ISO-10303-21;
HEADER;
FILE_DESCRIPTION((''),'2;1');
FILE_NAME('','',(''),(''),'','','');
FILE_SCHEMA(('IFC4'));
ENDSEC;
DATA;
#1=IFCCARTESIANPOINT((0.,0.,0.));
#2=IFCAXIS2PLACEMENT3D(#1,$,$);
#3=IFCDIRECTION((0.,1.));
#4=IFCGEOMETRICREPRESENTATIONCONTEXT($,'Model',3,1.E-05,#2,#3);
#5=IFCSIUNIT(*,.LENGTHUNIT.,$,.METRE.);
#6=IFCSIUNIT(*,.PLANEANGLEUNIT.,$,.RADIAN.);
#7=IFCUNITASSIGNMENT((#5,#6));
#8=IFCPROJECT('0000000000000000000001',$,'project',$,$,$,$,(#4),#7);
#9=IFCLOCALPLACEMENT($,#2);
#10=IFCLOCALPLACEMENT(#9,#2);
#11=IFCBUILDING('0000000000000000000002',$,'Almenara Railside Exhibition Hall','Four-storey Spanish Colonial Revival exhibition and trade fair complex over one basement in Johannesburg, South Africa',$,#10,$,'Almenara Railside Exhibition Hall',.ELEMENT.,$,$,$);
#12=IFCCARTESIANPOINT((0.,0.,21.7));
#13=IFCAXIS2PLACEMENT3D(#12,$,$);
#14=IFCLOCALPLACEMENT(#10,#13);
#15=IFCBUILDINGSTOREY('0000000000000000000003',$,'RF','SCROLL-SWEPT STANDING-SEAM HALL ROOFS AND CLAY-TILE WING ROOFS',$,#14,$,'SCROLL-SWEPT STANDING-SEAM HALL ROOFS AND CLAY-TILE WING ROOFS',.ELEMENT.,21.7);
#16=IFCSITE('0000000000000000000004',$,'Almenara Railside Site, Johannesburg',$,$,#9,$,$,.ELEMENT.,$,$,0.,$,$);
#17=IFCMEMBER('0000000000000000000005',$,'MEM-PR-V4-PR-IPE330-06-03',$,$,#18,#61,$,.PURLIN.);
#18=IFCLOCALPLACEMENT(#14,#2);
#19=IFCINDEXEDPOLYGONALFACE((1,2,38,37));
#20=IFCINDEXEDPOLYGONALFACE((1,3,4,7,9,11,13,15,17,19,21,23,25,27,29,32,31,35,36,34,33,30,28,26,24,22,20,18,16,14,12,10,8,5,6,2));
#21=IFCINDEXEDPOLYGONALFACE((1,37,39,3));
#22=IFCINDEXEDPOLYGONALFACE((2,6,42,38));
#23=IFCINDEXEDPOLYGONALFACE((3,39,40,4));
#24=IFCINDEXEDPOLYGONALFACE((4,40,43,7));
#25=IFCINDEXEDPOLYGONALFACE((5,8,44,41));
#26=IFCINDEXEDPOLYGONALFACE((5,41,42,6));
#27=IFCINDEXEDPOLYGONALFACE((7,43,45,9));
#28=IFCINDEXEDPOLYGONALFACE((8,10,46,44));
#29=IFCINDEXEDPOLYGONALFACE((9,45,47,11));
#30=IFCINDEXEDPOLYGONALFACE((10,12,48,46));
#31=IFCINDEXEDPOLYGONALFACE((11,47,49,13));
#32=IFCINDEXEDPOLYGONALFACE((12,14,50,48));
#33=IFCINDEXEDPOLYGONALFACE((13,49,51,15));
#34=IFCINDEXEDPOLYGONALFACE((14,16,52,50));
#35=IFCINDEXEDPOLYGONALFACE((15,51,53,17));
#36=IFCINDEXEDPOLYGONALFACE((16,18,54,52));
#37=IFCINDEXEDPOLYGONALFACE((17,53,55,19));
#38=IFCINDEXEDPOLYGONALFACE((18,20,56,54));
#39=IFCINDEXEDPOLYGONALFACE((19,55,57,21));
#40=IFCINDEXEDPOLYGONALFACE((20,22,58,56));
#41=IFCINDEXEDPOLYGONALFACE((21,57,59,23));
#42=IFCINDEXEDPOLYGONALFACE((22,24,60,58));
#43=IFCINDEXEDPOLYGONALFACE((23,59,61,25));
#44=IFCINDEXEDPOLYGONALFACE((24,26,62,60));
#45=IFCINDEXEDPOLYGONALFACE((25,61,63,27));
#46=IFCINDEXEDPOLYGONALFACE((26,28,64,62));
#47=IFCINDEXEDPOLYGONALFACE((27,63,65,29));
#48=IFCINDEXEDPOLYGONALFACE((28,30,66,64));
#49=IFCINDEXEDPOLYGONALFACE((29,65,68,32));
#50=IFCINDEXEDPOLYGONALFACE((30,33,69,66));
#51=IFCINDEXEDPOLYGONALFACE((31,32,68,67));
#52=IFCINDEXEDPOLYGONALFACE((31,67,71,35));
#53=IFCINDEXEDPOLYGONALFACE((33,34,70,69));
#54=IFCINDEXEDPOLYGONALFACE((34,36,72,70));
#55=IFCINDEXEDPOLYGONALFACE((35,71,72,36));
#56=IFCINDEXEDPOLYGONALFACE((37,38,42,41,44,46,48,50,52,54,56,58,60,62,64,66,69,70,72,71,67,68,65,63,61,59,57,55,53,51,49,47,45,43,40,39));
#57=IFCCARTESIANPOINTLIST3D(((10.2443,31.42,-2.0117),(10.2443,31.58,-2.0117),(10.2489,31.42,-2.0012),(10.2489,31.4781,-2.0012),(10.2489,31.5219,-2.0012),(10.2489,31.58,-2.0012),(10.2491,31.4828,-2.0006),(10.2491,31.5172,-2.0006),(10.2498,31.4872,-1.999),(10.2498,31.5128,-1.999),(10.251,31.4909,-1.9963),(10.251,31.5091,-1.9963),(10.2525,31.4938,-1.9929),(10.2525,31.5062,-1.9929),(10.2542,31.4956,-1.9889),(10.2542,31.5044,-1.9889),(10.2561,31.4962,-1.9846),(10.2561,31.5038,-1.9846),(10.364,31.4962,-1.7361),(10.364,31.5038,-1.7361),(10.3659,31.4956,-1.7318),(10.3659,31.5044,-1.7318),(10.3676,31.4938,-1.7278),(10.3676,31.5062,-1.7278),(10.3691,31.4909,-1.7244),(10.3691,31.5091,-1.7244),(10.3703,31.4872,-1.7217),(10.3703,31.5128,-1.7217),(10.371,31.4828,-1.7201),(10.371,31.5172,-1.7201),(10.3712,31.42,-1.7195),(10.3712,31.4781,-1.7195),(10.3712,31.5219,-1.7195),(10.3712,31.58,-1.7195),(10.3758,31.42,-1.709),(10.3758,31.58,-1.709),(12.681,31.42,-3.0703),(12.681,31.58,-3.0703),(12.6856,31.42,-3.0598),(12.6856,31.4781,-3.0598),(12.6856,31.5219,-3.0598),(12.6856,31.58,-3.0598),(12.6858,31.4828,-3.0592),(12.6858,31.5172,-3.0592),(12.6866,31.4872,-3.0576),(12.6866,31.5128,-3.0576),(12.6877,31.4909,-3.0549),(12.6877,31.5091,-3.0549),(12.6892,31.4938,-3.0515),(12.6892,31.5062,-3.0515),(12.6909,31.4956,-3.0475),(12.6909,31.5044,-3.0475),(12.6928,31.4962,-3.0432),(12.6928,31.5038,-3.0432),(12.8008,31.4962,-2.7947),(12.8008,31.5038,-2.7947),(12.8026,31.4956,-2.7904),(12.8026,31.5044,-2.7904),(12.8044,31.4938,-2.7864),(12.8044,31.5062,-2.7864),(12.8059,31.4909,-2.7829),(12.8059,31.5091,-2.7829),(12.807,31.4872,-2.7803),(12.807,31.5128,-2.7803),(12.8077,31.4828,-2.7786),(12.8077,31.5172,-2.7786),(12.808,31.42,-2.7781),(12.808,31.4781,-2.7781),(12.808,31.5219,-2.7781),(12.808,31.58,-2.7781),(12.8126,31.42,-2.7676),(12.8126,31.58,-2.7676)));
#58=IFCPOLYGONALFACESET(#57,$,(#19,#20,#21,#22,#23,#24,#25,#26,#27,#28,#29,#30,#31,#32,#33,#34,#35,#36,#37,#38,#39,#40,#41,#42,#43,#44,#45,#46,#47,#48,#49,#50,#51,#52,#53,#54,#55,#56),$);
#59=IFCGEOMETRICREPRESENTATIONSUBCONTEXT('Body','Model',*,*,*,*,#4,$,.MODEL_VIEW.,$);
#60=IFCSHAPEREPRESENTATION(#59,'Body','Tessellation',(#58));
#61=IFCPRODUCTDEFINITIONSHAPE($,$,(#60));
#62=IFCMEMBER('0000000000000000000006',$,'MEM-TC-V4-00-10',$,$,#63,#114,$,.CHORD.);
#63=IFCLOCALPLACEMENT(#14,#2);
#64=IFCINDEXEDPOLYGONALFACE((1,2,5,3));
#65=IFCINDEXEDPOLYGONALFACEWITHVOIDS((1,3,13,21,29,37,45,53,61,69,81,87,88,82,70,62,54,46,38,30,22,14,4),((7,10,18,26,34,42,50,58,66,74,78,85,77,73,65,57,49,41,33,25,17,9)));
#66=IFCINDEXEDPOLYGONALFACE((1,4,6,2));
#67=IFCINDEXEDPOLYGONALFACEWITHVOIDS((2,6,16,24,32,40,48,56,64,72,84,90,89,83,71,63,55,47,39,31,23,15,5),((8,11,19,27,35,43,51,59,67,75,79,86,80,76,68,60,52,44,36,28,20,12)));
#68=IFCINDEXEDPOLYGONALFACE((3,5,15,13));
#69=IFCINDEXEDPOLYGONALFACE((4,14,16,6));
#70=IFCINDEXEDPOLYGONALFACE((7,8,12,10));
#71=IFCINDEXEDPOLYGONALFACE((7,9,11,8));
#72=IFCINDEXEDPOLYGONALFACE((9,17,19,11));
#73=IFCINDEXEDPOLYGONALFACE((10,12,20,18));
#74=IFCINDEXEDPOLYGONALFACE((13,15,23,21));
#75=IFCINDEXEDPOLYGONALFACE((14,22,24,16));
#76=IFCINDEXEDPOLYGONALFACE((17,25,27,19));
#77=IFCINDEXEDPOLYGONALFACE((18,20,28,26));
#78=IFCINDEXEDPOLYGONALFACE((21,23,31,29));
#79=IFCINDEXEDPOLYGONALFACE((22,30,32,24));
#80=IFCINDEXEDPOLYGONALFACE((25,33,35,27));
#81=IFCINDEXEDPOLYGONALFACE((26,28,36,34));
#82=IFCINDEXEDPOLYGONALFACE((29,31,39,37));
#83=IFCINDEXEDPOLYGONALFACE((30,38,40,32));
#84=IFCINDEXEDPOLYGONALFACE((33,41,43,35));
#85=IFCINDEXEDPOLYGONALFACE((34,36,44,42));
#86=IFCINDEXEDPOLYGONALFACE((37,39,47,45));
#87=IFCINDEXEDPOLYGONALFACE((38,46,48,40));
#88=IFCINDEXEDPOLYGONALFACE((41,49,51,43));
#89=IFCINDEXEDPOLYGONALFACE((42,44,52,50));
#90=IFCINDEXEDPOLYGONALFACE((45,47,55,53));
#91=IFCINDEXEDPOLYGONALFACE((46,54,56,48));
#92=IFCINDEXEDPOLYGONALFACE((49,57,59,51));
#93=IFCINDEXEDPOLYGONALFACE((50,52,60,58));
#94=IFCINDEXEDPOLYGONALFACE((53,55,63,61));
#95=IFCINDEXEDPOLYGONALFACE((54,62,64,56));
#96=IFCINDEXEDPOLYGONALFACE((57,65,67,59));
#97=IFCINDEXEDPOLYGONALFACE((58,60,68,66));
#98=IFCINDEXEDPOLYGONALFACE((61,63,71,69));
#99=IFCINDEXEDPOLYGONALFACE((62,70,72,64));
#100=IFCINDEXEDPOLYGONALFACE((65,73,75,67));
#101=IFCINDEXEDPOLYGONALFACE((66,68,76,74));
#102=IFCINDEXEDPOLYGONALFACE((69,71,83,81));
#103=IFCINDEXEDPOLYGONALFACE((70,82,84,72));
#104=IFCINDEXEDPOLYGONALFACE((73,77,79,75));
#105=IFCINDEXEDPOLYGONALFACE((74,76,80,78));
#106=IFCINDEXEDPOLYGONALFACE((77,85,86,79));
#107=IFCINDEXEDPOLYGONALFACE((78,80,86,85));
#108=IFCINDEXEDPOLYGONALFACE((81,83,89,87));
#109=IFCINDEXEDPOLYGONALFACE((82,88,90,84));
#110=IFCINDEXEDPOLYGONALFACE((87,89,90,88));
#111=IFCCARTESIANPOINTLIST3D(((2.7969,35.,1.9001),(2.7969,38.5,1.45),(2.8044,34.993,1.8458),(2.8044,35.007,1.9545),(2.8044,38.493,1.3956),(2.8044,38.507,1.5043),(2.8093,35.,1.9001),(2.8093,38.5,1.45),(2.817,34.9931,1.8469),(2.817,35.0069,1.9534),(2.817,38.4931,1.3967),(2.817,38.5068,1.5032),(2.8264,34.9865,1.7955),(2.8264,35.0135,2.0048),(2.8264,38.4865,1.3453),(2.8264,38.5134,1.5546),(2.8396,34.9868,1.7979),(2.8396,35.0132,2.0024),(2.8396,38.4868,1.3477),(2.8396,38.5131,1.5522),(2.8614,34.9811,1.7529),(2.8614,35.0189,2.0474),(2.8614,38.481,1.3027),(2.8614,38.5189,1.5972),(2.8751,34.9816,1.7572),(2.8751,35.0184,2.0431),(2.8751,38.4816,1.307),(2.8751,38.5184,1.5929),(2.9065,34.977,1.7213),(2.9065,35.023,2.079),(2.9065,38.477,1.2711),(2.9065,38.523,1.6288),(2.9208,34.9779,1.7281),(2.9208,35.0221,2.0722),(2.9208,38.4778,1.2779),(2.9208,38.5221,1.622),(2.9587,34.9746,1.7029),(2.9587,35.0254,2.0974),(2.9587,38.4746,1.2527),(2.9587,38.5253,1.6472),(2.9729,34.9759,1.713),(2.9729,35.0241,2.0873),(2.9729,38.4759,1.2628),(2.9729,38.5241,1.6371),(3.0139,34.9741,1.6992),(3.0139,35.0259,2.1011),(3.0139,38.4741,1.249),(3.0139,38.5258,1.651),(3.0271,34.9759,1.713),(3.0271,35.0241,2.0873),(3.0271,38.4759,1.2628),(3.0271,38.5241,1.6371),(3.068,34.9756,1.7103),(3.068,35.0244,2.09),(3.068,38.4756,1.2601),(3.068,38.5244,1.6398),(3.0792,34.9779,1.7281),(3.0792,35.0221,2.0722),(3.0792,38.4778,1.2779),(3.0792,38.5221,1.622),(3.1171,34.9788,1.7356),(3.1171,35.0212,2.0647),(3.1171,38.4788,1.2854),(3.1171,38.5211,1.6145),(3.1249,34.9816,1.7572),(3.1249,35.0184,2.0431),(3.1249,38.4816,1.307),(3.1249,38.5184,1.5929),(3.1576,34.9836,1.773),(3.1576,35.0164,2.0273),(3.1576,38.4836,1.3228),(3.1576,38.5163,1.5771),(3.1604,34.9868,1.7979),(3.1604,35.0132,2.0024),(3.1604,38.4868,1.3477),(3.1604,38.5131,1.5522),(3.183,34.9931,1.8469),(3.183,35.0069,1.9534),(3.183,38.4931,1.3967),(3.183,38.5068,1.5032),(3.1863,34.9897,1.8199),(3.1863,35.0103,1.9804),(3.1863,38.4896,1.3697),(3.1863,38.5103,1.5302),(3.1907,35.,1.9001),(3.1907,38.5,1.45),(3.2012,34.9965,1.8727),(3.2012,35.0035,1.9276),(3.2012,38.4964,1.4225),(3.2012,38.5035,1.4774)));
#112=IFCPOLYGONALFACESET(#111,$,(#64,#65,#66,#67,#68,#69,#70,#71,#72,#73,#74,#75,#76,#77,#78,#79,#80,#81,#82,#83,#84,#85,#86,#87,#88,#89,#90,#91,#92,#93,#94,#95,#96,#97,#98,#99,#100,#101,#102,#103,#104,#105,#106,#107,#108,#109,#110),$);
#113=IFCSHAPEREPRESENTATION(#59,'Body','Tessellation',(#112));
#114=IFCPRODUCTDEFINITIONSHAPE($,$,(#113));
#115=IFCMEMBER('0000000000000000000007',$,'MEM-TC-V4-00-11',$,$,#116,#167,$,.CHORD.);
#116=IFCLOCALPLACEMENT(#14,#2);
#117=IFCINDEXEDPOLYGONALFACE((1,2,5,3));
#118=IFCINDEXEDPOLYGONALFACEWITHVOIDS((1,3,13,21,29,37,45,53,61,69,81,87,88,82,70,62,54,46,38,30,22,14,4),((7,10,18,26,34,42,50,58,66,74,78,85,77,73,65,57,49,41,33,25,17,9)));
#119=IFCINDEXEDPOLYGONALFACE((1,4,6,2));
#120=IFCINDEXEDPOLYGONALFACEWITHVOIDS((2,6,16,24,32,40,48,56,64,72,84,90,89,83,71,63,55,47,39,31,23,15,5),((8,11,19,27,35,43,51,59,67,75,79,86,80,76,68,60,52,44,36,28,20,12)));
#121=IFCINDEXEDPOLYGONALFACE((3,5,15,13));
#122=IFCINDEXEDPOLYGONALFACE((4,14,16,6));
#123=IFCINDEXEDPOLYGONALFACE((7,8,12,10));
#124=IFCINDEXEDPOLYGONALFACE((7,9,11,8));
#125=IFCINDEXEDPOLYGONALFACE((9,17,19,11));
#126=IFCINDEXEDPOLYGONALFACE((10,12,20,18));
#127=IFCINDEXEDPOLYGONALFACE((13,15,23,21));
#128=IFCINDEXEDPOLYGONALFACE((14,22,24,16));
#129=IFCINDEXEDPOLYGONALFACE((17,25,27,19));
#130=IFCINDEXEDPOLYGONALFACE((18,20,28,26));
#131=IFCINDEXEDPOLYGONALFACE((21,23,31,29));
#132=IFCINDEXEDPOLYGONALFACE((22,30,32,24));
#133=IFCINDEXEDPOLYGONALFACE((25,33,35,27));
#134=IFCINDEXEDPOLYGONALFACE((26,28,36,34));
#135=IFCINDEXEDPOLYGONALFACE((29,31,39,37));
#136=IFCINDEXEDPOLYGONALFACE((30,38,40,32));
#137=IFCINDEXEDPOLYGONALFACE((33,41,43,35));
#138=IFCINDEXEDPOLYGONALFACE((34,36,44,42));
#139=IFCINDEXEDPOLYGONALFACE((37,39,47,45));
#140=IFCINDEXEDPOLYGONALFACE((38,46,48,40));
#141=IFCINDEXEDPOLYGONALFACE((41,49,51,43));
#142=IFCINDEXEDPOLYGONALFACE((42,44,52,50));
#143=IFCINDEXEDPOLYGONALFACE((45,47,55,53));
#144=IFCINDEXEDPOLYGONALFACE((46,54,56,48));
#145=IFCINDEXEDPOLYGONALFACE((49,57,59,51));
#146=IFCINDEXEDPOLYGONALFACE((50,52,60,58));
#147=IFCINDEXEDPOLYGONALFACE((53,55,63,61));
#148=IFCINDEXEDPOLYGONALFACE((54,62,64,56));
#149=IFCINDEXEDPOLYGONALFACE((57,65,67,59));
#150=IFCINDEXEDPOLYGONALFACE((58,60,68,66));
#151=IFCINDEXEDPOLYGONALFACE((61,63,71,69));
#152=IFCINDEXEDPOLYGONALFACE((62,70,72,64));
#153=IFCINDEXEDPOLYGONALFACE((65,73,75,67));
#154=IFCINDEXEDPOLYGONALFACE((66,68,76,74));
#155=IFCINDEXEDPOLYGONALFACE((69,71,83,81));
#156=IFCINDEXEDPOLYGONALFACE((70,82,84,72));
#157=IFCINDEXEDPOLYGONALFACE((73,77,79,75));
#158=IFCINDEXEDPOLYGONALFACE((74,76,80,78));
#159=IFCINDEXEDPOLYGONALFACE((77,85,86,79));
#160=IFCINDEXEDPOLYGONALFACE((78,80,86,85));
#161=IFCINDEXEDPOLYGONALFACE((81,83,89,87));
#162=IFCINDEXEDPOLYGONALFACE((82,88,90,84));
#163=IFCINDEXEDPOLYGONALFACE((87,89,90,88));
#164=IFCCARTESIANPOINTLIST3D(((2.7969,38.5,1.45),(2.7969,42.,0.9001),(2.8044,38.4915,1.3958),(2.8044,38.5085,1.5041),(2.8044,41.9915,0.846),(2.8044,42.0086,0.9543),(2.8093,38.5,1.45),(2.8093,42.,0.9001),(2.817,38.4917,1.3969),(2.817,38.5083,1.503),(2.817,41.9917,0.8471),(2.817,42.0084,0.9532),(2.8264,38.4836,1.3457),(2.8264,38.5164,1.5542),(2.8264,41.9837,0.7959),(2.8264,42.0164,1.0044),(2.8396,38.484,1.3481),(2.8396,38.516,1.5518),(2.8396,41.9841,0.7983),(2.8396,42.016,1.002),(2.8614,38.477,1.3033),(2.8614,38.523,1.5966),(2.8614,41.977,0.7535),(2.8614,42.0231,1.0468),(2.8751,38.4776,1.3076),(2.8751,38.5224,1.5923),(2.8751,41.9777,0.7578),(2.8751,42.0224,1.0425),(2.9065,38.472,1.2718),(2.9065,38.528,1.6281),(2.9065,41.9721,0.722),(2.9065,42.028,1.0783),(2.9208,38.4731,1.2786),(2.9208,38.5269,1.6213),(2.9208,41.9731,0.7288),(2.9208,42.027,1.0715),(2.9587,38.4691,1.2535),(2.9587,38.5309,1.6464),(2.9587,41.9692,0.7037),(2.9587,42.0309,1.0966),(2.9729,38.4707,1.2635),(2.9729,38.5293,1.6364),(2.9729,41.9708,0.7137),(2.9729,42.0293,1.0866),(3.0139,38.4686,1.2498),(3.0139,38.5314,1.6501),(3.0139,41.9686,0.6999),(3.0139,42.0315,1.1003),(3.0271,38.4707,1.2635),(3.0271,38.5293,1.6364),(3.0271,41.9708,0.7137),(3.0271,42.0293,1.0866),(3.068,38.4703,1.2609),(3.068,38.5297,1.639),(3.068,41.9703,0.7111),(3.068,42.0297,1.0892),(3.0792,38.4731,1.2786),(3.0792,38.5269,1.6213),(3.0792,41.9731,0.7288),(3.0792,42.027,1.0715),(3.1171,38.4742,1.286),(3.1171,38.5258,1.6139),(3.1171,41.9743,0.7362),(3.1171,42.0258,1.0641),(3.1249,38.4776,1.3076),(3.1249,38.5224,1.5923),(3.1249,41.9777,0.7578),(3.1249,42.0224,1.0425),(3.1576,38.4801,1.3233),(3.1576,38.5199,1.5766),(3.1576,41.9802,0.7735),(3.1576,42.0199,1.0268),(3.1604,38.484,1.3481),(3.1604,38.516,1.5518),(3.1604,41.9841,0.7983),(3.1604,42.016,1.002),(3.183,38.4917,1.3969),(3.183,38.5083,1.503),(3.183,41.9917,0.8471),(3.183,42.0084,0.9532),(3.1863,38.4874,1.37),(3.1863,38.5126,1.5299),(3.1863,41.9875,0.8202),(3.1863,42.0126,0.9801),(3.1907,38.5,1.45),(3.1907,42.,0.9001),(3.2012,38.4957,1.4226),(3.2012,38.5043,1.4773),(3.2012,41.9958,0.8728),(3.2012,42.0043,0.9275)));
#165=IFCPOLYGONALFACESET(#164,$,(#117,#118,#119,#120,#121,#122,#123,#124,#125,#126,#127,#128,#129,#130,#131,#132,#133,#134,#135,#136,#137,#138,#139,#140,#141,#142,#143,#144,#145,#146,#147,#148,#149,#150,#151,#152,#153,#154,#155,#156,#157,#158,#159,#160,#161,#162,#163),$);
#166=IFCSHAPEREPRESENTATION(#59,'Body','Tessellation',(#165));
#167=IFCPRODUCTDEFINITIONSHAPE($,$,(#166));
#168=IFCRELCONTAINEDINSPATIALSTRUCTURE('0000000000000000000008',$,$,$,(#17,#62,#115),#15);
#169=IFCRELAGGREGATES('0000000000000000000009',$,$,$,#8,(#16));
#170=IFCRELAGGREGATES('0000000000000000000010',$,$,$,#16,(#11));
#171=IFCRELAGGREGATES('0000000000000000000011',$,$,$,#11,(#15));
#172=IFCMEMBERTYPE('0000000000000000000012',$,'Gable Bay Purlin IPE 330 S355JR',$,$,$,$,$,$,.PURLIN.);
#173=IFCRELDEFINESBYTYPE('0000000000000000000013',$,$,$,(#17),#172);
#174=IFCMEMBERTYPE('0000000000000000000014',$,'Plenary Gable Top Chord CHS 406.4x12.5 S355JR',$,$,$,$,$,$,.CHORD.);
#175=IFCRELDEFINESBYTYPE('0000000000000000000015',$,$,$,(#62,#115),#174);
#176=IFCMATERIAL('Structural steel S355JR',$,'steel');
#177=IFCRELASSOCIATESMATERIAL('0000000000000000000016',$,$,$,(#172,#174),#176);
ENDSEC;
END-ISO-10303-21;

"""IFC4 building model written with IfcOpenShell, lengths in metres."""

from ifc_helpers import new_model, si_unit, direction, frame, origin, origin_2d, place, context, subcontext, project, spatial, hollow_circle, i_section, extrude, material, material_profile, profile_set, type_object, element, save


model = new_model("IFC4")

# Units and contexts
model_context = context("Model", 3, precision=1e-05, world=origin(), true_north=direction((0.0, 1.0)))
body_context = subcontext(model_context, "Body", "Model", "MODEL_VIEW")
ifc_project = project(units=[si_unit("LENGTHUNIT", "METRE"), si_unit("PLANEANGLEUNIT", "RADIAN")], contexts=[model_context])

# Site, building, storey
site_placement = place(None, origin())
site = spatial("IfcSite", under=ifc_project, at=site_placement, Name="Almenara Railside Site, Johannesburg", CompositionType="ELEMENT", RefElevation=0.0)
building_placement = place(site_placement, origin())
building = spatial("IfcBuilding", under=site, at=building_placement, Name="Almenara Railside Exhibition Hall", Description="Four-storey Spanish Colonial Revival exhibition and trade fair complex over one basement in Johannesburg, South Africa", LongName="Almenara Railside Exhibition Hall", CompositionType="ELEMENT")
storey_placement = place(building_placement, frame((0.0, 0.0, 21.7)))
storey = spatial("IfcBuildingStorey", under=building, at=storey_placement, Name="RF", Description="SCROLL-SWEPT STANDING-SEAM HALL ROOFS AND CLAY-TILE WING ROOFS", LongName="SCROLL-SWEPT STANDING-SEAM HALL ROOFS AND CLAY-TILE WING ROOFS", CompositionType="ELEMENT", Elevation=21.7)

# Shared definitions
ifc_material_1 = material(Name="Structural steel S355JR", Category="steel")

# Members
ifc_material_profile_1 = material_profile(ifc_material_1, i_section(OverallWidth=0.1599, OverallDepth=0.3301, WebThickness=0.0076, FlangeThickness=0.0115, FilletRadius=0.0181, at=origin_2d()), Name="IPE 330")
ifc_profile_set_1 = profile_set([ifc_material_profile_1], Name="Structural steel S355JR")
member_type_1 = type_object("IfcMemberType", Name="Gable Bay Purlin IPE 330 S355JR", PredefinedType="PURLIN", material=ifc_profile_set_1)
member_1_placement = place(storey_placement, frame((10.3101, 31.5, -1.8604), z_axis=(0.91719, 0.0, -0.398451), x_axis=(0.0, 1.0, 0.0)))
element("IfcMember", 1, at=member_1_placement, inside=storey, type_object=member_type_1, Name="MEM-PR-V4-PR-IPE330-06-03", PredefinedType="PURLIN", context=body_context, shape_type="SweptSolid", body=[
    extrude(i_section(OverallWidth=0.1599, OverallDepth=0.3301, WebThickness=0.0076, FlangeThickness=0.0115, FilletRadius=0.0181, at=origin_2d()), origin(), (0.0, 0.0, 1.0), 2.6567),
])
ifc_material_profile_2 = material_profile(ifc_material_1, hollow_circle(Radius=0.2031, WallThickness=0.0125, at=origin_2d()), Name="CHS 406.4x12.5")
ifc_profile_set_2 = profile_set([ifc_material_profile_2], Name="Structural steel S355JR")
member_type_2 = type_object("IfcMemberType", Name="Plenary Gable Top Chord CHS 406.4x12.5 S355JR", PredefinedType="CHORD", material=ifc_profile_set_2)
member_2_placement = place(storey_placement, frame((3.0, 35.0, 1.9001), z_axis=(0.0, 0.991829, -0.127576), x_axis=(-1.0, 0.0, 0.0)))
element("IfcMember", 2, at=member_2_placement, inside=storey, type_object=member_type_2, Name="MEM-TC-V4-00-10", PredefinedType="CHORD", context=body_context, shape_type="SweptSolid", body=[
    extrude(hollow_circle(Radius=0.2031, WallThickness=0.0125, at=origin_2d()), origin(), (0.0, 0.0, 1.0), 3.5288),
])
member_3_placement = place(storey_placement, frame((3.0, 38.5, 1.45), z_axis=(0.0, 0.987886, -0.155184), x_axis=(-1.0, 0.0, 0.0)))
element("IfcMember", 3, at=member_3_placement, inside=storey, type_object=member_type_2, Name="MEM-TC-V4-00-11", PredefinedType="CHORD", context=body_context, shape_type="SweptSolid", body=[
    extrude(hollow_circle(Radius=0.2031, WallThickness=0.0125, at=origin_2d()), origin(), (0.0, 0.0, 1.0), 3.543),
])

save(model, "model.ifc")
